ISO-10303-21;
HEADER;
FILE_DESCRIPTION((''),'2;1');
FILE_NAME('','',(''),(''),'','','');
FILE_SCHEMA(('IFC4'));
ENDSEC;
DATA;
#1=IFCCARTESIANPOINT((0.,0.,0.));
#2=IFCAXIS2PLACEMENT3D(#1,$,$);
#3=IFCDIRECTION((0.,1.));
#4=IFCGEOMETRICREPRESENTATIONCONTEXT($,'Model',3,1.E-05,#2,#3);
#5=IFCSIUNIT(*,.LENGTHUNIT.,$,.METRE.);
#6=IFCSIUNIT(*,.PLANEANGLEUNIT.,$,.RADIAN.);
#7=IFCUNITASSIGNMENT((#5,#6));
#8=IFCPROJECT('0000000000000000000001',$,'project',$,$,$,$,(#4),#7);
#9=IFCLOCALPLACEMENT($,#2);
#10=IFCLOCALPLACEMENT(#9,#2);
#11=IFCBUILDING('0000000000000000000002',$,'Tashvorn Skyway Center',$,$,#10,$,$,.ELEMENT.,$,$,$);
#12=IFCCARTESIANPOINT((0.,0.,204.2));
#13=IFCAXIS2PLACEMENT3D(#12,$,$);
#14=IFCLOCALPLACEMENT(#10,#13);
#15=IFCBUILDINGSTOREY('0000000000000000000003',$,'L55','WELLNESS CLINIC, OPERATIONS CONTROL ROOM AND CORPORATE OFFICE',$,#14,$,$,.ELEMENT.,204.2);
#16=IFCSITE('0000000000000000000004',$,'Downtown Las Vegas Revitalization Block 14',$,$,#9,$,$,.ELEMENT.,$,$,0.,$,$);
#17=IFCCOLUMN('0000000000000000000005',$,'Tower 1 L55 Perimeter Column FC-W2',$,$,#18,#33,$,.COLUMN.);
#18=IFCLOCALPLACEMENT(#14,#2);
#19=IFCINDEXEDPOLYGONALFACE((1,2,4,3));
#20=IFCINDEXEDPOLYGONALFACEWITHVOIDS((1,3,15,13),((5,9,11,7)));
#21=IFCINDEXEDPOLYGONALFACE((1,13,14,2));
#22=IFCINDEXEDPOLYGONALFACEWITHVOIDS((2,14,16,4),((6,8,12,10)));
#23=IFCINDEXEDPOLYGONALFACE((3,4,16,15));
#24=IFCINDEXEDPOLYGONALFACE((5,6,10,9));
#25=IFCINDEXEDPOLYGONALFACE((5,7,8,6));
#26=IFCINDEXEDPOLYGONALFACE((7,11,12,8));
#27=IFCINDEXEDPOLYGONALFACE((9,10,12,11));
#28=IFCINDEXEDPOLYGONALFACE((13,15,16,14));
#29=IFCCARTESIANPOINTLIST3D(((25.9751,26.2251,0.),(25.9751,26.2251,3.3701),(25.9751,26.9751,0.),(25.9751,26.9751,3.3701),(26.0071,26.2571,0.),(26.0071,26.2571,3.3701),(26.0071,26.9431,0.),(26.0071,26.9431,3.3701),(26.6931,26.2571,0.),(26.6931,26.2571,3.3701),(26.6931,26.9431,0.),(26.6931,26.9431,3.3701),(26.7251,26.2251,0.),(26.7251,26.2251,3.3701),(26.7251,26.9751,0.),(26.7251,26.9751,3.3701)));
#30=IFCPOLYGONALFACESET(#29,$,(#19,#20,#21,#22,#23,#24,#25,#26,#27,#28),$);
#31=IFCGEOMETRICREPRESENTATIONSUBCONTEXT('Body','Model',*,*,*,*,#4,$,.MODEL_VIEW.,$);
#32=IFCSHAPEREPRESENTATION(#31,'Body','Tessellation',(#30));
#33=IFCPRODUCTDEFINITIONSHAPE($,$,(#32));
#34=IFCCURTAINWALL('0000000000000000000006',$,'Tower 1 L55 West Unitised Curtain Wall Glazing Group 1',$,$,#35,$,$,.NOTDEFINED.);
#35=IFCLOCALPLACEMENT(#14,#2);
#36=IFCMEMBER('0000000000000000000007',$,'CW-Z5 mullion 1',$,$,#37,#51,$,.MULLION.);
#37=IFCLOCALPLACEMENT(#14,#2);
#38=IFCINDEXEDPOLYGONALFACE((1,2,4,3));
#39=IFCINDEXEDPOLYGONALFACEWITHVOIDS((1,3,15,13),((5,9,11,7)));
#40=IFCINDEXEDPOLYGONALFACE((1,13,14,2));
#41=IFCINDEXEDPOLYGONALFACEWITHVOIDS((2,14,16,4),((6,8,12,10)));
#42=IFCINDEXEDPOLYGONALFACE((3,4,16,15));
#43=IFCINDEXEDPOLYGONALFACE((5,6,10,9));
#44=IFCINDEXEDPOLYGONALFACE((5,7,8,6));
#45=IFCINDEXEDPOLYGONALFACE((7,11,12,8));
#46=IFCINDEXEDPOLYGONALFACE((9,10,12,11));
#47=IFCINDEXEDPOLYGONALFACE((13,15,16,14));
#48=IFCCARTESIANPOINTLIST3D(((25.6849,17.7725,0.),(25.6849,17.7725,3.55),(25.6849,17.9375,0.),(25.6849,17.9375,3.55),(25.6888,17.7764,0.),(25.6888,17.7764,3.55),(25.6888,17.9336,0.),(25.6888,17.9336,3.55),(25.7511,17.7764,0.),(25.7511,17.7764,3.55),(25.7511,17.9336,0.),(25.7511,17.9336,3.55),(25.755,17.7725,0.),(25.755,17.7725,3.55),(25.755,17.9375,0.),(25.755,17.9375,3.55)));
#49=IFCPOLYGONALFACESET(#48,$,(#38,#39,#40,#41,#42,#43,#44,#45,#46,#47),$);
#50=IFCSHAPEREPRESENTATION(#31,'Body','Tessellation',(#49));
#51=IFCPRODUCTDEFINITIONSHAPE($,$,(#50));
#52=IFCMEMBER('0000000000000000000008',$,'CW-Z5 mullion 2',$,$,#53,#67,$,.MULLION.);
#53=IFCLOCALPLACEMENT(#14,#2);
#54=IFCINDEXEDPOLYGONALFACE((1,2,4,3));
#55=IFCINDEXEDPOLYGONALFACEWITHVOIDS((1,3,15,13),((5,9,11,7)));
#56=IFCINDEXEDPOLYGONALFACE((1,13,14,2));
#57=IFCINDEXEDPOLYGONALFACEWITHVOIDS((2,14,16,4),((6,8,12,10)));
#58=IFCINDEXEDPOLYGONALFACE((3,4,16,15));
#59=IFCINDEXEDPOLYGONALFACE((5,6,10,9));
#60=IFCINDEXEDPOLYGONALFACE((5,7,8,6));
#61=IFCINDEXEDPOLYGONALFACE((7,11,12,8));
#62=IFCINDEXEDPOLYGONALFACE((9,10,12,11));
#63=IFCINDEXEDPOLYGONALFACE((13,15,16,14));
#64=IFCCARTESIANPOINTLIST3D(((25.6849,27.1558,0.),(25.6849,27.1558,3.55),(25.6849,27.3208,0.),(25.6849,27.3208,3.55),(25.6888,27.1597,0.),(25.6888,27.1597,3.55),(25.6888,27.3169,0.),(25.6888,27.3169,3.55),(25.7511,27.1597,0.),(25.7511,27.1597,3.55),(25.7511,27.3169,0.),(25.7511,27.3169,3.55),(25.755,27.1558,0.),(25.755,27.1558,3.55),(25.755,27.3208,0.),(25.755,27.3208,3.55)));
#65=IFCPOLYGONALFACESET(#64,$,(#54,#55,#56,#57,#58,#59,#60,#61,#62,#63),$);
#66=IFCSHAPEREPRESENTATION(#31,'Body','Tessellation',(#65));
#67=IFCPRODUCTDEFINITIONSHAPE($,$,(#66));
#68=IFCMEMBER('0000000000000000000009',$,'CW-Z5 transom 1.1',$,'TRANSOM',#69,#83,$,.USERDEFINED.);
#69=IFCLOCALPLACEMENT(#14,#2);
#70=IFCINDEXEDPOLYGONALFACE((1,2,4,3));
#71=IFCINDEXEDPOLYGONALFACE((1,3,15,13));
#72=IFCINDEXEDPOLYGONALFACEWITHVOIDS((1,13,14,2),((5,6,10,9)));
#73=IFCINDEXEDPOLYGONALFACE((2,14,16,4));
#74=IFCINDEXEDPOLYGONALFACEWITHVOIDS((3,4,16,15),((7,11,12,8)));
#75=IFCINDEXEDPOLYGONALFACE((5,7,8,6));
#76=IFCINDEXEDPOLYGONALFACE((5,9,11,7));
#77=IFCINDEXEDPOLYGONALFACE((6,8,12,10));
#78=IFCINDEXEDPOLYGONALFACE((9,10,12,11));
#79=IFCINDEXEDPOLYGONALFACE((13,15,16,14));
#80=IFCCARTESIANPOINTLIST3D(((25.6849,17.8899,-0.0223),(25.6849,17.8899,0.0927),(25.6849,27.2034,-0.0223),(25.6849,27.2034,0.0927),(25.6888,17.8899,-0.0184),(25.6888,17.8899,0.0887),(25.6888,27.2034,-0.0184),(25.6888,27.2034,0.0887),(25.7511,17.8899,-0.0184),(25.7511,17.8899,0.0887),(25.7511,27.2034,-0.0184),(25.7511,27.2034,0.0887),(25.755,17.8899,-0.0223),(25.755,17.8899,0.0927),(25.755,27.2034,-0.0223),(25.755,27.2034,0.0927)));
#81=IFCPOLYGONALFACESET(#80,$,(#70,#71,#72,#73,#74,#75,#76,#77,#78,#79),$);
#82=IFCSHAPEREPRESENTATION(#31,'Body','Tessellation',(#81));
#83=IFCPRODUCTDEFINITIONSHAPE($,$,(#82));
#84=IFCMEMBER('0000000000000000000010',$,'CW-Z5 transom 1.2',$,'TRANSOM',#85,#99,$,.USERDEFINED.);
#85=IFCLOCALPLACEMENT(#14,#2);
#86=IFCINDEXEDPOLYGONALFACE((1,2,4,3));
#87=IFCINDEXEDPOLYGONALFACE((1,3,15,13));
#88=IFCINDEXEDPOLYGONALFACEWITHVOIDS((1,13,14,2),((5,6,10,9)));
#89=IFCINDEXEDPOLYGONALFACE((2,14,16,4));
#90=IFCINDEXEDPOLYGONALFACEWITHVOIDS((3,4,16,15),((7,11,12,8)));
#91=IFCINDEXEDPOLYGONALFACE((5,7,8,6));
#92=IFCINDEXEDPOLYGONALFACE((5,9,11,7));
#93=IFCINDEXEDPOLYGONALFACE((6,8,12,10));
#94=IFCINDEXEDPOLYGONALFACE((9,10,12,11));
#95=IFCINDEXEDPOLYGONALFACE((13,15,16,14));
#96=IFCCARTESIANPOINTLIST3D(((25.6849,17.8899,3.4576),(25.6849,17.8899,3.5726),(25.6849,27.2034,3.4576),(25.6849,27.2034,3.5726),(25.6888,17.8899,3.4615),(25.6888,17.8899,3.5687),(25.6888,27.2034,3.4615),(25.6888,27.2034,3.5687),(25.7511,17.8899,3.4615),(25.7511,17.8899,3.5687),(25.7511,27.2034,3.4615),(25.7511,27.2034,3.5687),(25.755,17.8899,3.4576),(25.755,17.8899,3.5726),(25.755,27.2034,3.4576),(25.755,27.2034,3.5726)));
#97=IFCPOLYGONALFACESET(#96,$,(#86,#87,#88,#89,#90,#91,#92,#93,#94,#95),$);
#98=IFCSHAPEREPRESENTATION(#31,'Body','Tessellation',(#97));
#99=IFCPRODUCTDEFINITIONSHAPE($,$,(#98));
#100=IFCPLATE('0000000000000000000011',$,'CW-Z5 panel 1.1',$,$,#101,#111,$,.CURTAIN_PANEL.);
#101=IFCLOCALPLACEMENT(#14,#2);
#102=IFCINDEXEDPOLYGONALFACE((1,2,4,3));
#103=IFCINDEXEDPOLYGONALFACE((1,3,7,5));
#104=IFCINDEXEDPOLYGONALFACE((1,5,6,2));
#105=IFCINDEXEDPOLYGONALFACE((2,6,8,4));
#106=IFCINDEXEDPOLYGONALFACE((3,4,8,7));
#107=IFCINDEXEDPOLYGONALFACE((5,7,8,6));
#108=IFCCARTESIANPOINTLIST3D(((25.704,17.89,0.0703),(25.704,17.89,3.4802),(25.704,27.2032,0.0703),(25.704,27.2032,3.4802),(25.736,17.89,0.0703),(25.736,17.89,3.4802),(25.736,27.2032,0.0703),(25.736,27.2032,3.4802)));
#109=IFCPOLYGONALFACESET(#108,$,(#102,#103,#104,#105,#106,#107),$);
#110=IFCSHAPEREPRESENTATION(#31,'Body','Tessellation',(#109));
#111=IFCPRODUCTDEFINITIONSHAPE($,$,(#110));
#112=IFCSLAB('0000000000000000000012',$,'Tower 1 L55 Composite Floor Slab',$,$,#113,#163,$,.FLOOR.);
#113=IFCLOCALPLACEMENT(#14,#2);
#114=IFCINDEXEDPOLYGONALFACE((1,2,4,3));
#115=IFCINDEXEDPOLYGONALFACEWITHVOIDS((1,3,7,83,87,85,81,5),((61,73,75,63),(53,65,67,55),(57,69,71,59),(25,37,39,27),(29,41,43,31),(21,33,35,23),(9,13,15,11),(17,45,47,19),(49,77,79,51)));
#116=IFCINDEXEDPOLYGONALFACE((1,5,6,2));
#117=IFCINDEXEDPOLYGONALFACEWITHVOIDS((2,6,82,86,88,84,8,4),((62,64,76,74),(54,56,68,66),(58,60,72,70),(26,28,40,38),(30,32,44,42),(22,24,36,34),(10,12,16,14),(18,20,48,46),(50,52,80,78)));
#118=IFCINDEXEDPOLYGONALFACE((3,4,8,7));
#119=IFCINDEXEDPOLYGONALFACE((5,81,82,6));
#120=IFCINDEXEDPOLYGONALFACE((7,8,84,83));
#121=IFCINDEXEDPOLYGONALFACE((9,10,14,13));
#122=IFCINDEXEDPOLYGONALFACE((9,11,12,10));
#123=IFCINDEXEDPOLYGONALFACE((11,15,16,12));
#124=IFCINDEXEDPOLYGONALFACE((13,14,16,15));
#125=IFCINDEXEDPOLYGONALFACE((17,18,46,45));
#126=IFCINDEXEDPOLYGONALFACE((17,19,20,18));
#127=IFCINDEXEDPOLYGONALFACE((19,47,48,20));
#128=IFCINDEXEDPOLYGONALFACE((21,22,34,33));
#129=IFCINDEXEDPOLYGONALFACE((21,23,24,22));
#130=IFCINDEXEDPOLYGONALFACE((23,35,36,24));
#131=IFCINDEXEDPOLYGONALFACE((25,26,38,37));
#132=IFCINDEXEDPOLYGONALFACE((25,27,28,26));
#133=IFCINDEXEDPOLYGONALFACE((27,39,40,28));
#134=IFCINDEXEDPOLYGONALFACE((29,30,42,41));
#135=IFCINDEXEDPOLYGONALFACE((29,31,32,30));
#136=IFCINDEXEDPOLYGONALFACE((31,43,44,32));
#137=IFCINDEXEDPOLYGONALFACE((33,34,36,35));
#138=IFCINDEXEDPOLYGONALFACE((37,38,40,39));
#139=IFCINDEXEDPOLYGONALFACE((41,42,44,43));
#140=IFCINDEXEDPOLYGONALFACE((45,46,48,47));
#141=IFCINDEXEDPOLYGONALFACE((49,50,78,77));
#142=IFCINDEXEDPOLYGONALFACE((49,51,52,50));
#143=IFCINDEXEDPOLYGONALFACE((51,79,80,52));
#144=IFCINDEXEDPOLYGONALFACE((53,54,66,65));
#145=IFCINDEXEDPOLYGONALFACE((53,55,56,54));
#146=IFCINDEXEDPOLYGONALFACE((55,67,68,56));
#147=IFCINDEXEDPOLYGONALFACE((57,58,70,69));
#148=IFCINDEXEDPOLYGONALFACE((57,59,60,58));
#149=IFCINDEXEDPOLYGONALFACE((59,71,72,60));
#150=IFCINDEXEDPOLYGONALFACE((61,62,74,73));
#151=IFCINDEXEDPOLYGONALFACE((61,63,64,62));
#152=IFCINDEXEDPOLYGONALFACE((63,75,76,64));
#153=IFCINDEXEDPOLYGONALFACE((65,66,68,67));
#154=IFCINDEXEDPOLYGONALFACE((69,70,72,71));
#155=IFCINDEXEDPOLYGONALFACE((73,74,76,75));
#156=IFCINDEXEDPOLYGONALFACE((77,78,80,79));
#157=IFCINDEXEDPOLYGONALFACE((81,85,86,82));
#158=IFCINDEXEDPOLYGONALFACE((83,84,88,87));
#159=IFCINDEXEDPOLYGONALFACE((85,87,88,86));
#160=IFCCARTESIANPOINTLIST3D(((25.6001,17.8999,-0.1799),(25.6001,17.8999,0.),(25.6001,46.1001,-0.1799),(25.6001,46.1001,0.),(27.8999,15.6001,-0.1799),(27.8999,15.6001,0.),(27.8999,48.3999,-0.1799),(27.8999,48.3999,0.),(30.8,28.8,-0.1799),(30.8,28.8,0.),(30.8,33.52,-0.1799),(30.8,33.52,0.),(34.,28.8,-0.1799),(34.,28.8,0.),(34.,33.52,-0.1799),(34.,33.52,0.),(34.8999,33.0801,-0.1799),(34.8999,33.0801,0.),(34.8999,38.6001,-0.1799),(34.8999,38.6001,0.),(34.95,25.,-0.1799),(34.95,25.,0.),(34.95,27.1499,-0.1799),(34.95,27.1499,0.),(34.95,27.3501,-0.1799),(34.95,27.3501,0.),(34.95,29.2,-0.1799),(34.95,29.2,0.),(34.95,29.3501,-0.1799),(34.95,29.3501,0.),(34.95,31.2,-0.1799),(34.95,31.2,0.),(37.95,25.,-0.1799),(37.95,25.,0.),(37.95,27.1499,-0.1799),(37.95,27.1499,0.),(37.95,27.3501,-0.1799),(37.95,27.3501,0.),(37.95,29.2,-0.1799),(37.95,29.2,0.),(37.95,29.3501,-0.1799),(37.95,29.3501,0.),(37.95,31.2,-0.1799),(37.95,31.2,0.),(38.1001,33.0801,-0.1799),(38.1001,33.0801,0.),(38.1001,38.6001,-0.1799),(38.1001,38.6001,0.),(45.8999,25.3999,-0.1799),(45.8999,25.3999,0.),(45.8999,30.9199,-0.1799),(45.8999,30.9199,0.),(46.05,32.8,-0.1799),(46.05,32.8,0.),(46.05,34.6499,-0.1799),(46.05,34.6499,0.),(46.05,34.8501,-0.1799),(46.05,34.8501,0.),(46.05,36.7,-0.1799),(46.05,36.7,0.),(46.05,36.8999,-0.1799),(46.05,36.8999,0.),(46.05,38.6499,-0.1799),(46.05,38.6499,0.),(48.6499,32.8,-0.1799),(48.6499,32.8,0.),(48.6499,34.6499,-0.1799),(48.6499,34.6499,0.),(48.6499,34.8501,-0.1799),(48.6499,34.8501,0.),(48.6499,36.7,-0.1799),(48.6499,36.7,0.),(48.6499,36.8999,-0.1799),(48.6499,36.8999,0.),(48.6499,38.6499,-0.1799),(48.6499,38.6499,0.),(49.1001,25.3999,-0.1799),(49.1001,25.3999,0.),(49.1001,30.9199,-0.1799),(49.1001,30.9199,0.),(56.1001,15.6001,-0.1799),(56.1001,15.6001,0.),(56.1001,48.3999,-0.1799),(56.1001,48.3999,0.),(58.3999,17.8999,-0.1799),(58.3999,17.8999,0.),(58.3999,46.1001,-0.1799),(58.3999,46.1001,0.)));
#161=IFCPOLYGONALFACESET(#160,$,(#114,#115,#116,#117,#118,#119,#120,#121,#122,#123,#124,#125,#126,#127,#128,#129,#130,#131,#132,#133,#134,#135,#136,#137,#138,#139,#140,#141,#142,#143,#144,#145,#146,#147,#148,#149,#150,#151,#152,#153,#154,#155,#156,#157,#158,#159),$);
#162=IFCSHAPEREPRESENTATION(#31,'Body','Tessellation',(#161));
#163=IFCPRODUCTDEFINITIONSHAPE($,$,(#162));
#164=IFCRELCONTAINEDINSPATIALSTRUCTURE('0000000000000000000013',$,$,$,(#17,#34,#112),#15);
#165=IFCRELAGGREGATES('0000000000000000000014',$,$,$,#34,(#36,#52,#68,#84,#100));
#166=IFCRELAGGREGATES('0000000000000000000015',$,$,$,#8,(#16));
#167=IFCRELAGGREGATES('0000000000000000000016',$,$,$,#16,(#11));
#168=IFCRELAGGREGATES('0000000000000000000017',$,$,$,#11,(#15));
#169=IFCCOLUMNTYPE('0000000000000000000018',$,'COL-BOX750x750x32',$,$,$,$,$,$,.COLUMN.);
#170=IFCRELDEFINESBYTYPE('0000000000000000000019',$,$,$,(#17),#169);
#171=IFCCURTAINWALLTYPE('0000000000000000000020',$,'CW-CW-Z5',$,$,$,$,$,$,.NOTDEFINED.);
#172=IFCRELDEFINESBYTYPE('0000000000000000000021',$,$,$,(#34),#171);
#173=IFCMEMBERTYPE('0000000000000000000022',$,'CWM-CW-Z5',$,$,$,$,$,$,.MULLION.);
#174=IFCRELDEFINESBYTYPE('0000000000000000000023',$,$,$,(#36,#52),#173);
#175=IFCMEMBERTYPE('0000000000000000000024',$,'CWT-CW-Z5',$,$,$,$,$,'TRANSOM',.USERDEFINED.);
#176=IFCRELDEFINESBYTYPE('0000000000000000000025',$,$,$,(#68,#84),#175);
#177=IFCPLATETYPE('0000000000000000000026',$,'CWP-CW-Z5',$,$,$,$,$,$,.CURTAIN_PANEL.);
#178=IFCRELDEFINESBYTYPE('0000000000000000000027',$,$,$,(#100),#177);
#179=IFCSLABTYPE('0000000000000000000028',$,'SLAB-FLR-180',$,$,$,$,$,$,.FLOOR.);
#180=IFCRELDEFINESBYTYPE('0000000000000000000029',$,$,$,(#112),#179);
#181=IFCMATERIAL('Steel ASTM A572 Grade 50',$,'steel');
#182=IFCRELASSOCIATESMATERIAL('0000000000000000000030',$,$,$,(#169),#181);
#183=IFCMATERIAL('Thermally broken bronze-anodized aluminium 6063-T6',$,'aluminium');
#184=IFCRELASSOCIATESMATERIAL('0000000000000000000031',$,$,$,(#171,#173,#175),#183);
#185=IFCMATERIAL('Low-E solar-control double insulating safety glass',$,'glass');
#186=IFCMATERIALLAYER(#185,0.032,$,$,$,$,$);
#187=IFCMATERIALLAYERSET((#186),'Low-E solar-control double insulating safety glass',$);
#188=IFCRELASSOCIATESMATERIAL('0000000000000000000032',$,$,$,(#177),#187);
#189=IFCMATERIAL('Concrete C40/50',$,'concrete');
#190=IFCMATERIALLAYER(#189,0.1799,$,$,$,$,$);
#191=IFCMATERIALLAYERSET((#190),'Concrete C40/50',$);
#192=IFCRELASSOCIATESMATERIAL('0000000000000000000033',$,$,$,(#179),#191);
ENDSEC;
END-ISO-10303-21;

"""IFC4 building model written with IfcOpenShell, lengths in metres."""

from ifc_helpers import new_model, si_unit, direction, frame, origin, origin_2d, place, context, subcontext, project, spatial, polyline, rectangle, hollow_rectangle, outline, extrude, material, layer, layer_set, material_profile, profile_set, type_object, element, aggregate, save


model = new_model("IFC4")

# Units and contexts
model_context = context("Model", 3, precision=1e-05, world=origin(), true_north=direction((0.0, 1.0)))
body_context = subcontext(model_context, "Body", "Model", "MODEL_VIEW")
ifc_project = project(units=[si_unit("LENGTHUNIT", "METRE"), si_unit("PLANEANGLEUNIT", "RADIAN")], contexts=[model_context])

# Site, building, storey
site_placement = place(None, origin())
site = spatial("IfcSite", under=ifc_project, at=site_placement, Name="Downtown Las Vegas Revitalization Block 14", CompositionType="ELEMENT", RefElevation=0.0)
building_placement = place(site_placement, origin())
building = spatial("IfcBuilding", under=site, at=building_placement, Name="Tashvorn Skyway Center", CompositionType="ELEMENT")
storey_placement = place(building_placement, frame((0.0, 0.0, 204.2)))
storey = spatial("IfcBuildingStorey", under=building, at=storey_placement, Name="L55", Description="WELLNESS CLINIC, OPERATIONS CONTROL ROOM AND CORPORATE OFFICE", CompositionType="ELEMENT", Elevation=204.2)

# Column
ifc_material_1 = material(Name="Steel ASTM A572 Grade 50", Category="steel")
ifc_material_profile_1 = material_profile(ifc_material_1, hollow_rectangle(XDim=0.75, YDim=0.75, WallThickness=0.032, at=origin_2d()), Name="BOX750x750x32")
ifc_profile_set_1 = profile_set([ifc_material_profile_1], Name="Steel ASTM A572 Grade 50")
column_type = type_object("IfcColumnType", Name="COL-BOX750x750x32", PredefinedType="COLUMN", material=ifc_profile_set_1)
column_placement = place(storey_placement, frame((26.3501, 26.6001, 0.0), z_axis=(0.0, 0.0, 1.0), x_axis=(1.0, 0.0, 0.0)))
element("IfcColumn", 1, at=column_placement, inside=storey, type_object=column_type, Name="Tower 1 L55 Perimeter Column FC-W2", PredefinedType="COLUMN", context=body_context, shape_type="SweptSolid", body=[
    extrude(hollow_rectangle(XDim=0.75, YDim=0.75, WallThickness=0.032, at=origin_2d()), origin(), (0.0, 0.0, 1.0), 3.3701),
])

# Curtain wall, members, plate
ifc_material_2 = material(Name="Thermally broken bronze-anodized aluminium 6063-T6", Category="aluminium")
curtain_wall_type = type_object("IfcCurtainWallType", Name="CW-CW-Z5", PredefinedType="NOTDEFINED", material=ifc_material_2)
curtain_wall_placement = place(storey_placement, origin())
curtain_wall = element("IfcCurtainWall", 2, at=curtain_wall_placement, inside=storey, type_object=curtain_wall_type, Name="Tower 1 L55 West Unitised Curtain Wall Glazing Group 1", PredefinedType="NOTDEFINED")
ifc_material_profile_2 = material_profile(ifc_material_2, hollow_rectangle(XDim=0.0701, YDim=0.165, WallThickness=0.0039, at=origin_2d()), Name="ALU-MULL-70x165")
ifc_profile_set_2 = profile_set([ifc_material_profile_2], Name="Thermally broken bronze-anodized aluminium 6063-T6")
member_type_1 = type_object("IfcMemberType", Name="CWM-CW-Z5", PredefinedType="MULLION", material=ifc_profile_set_2)
member_1_placement = place(storey_placement, frame((25.72, 17.855, 0.0), z_axis=(0.0, 0.0, 1.0), x_axis=(-1.0, 0.0, 0.0)))
member_1 = element("IfcMember", 3, at=member_1_placement, type_object=member_type_1, Name="CW-Z5 mullion 1", PredefinedType="MULLION", context=body_context, shape_type="SweptSolid", body=[
    extrude(hollow_rectangle(XDim=0.0701, YDim=0.165, WallThickness=0.0039, at=origin_2d()), origin(), (0.0, 0.0, 1.0), 3.55),
])
member_2_placement = place(storey_placement, frame((25.72, 27.2383, 0.0), z_axis=(0.0, 0.0, 1.0), x_axis=(-1.0, 0.0, 0.0)))
member_2 = element("IfcMember", 4, at=member_2_placement, type_object=member_type_1, Name="CW-Z5 mullion 2", PredefinedType="MULLION", context=body_context, shape_type="SweptSolid", body=[
    extrude(hollow_rectangle(XDim=0.0701, YDim=0.165, WallThickness=0.0039, at=origin_2d()), origin(), (0.0, 0.0, 1.0), 3.55),
])
ifc_material_profile_3 = material_profile(ifc_material_2, hollow_rectangle(XDim=0.0701, YDim=0.115, WallThickness=0.0039, at=origin_2d()), Name="ALU-TRAN-70x115")
ifc_profile_set_3 = profile_set([ifc_material_profile_3], Name="Thermally broken bronze-anodized aluminium 6063-T6")
member_type_2 = type_object("IfcMemberType", Name="CWT-CW-Z5", ElementType="TRANSOM", PredefinedType="USERDEFINED", material=ifc_profile_set_3)
member_3_placement = place(storey_placement, frame((25.72, 17.8899, 0.0352), z_axis=(0.0, 1.0, 0.0), x_axis=(-1.0, 0.0, 0.0)))
member_3 = element("IfcMember", 5, at=member_3_placement, type_object=member_type_2, Name="CW-Z5 transom 1.1", ObjectType="TRANSOM", PredefinedType="USERDEFINED", context=body_context, shape_type="SweptSolid", body=[
    extrude(hollow_rectangle(XDim=0.0701, YDim=0.115, WallThickness=0.0039, at=origin_2d()), origin(), (0.0, 0.0, 1.0), 9.3135),
])
member_4_placement = place(storey_placement, frame((25.72, 17.8899, 3.5151), z_axis=(0.0, 1.0, 0.0), x_axis=(-1.0, 0.0, 0.0)))
member_4 = element("IfcMember", 6, at=member_4_placement, type_object=member_type_2, Name="CW-Z5 transom 1.2", ObjectType="TRANSOM", PredefinedType="USERDEFINED", context=body_context, shape_type="SweptSolid", body=[
    extrude(hollow_rectangle(XDim=0.0701, YDim=0.115, WallThickness=0.0039, at=origin_2d()), origin(), (0.0, 0.0, 1.0), 9.3135),
])
ifc_material_3 = material(Name="Low-E solar-control double insulating safety glass", Category="glass")
ifc_layer_1 = layer(ifc_material_3, 0.032)
ifc_layer_set_1 = layer_set([ifc_layer_1], Name="Low-E solar-control double insulating safety glass")
plate_type = type_object("IfcPlateType", Name="CWP-CW-Z5", PredefinedType="CURTAIN_PANEL", material=ifc_layer_set_1)
plate_placement = place(storey_placement, frame((25.72, 22.5466, 0.0703), z_axis=(0.0, 0.0, 1.0), x_axis=(0.0, 1.0, 0.0)))
plate = element("IfcPlate", 7, at=plate_placement, type_object=plate_type, Name="CW-Z5 panel 1.1", PredefinedType="CURTAIN_PANEL", context=body_context, shape_type="SweptSolid", body=[
    extrude(rectangle(XDim=9.3132, YDim=0.032, at=origin_2d()), origin(), (0.0, 0.0, 1.0), 3.4099),
])
aggregate(curtain_wall, [member_1, member_2, member_3, member_4, plate])

# Slab
ifc_material_4 = material(Name="Concrete C40/50", Category="concrete")
ifc_layer_2 = layer(ifc_material_4, 0.1799)
ifc_layer_set_2 = layer_set([ifc_layer_2], Name="Concrete C40/50")
slab_type_1 = type_object("IfcSlabType", Name="SLAB-FLR-180", PredefinedType="FLOOR", material=ifc_layer_set_2)
slab_1_placement = place(storey_placement, frame((0.0, 0.0, -0.1799)))
element("IfcSlab", 8, at=slab_1_placement, inside=storey, type_object=slab_type_1, Name="Tower 1 L55 Composite Floor Slab", PredefinedType="FLOOR", context=body_context, shape_type="SweptSolid", body=[
    extrude(outline(polyline([(27.8999, 15.6001), (56.1001, 15.6001), (58.3999, 17.8999), (58.3999, 46.1001), (56.1001, 48.3999), (27.8999, 48.3999), (25.6001, 46.1001), (25.6001, 17.8999), (27.8999, 15.6001)]), holes=[polyline([(38.1001, 33.0801), (38.1001, 38.6001), (34.8999, 38.6001), (34.8999, 33.0801), (38.1001, 33.0801)]), polyline([(45.8999, 30.9199), (45.8999, 25.3999), (49.1001, 25.3999), (49.1001, 30.9199), (45.8999, 30.9199)]), polyline([(30.8, 33.52), (30.8, 28.8), (34.0, 28.8), (34.0, 33.52), (30.8, 33.52)]), polyline([(34.95, 29.3501), (37.95, 29.3501), (37.95, 31.2), (34.95, 31.2), (34.95, 29.3501)]), polyline([(34.95, 27.3501), (37.95, 27.3501), (37.95, 29.2), (34.95, 29.2), (34.95, 27.3501)]), polyline([(34.95, 25.0), (37.95, 25.0), (37.95, 27.1499), (34.95, 27.1499), (34.95, 25.0)]), polyline([(46.05, 32.8), (48.6499, 32.8), (48.6499, 34.6499), (46.05, 34.6499), (46.05, 32.8)]), polyline([(46.05, 34.8501), (48.6499, 34.8501), (48.6499, 36.7), (46.05, 36.7), (46.05, 34.8501)]), polyline([(46.05, 36.8999), (48.6499, 36.8999), (48.6499, 38.6499), (46.05, 38.6499), (46.05, 36.8999)])]), origin(), (0.0, 0.0, 1.0), 0.1799),
])

save(model, "model.ifc")
